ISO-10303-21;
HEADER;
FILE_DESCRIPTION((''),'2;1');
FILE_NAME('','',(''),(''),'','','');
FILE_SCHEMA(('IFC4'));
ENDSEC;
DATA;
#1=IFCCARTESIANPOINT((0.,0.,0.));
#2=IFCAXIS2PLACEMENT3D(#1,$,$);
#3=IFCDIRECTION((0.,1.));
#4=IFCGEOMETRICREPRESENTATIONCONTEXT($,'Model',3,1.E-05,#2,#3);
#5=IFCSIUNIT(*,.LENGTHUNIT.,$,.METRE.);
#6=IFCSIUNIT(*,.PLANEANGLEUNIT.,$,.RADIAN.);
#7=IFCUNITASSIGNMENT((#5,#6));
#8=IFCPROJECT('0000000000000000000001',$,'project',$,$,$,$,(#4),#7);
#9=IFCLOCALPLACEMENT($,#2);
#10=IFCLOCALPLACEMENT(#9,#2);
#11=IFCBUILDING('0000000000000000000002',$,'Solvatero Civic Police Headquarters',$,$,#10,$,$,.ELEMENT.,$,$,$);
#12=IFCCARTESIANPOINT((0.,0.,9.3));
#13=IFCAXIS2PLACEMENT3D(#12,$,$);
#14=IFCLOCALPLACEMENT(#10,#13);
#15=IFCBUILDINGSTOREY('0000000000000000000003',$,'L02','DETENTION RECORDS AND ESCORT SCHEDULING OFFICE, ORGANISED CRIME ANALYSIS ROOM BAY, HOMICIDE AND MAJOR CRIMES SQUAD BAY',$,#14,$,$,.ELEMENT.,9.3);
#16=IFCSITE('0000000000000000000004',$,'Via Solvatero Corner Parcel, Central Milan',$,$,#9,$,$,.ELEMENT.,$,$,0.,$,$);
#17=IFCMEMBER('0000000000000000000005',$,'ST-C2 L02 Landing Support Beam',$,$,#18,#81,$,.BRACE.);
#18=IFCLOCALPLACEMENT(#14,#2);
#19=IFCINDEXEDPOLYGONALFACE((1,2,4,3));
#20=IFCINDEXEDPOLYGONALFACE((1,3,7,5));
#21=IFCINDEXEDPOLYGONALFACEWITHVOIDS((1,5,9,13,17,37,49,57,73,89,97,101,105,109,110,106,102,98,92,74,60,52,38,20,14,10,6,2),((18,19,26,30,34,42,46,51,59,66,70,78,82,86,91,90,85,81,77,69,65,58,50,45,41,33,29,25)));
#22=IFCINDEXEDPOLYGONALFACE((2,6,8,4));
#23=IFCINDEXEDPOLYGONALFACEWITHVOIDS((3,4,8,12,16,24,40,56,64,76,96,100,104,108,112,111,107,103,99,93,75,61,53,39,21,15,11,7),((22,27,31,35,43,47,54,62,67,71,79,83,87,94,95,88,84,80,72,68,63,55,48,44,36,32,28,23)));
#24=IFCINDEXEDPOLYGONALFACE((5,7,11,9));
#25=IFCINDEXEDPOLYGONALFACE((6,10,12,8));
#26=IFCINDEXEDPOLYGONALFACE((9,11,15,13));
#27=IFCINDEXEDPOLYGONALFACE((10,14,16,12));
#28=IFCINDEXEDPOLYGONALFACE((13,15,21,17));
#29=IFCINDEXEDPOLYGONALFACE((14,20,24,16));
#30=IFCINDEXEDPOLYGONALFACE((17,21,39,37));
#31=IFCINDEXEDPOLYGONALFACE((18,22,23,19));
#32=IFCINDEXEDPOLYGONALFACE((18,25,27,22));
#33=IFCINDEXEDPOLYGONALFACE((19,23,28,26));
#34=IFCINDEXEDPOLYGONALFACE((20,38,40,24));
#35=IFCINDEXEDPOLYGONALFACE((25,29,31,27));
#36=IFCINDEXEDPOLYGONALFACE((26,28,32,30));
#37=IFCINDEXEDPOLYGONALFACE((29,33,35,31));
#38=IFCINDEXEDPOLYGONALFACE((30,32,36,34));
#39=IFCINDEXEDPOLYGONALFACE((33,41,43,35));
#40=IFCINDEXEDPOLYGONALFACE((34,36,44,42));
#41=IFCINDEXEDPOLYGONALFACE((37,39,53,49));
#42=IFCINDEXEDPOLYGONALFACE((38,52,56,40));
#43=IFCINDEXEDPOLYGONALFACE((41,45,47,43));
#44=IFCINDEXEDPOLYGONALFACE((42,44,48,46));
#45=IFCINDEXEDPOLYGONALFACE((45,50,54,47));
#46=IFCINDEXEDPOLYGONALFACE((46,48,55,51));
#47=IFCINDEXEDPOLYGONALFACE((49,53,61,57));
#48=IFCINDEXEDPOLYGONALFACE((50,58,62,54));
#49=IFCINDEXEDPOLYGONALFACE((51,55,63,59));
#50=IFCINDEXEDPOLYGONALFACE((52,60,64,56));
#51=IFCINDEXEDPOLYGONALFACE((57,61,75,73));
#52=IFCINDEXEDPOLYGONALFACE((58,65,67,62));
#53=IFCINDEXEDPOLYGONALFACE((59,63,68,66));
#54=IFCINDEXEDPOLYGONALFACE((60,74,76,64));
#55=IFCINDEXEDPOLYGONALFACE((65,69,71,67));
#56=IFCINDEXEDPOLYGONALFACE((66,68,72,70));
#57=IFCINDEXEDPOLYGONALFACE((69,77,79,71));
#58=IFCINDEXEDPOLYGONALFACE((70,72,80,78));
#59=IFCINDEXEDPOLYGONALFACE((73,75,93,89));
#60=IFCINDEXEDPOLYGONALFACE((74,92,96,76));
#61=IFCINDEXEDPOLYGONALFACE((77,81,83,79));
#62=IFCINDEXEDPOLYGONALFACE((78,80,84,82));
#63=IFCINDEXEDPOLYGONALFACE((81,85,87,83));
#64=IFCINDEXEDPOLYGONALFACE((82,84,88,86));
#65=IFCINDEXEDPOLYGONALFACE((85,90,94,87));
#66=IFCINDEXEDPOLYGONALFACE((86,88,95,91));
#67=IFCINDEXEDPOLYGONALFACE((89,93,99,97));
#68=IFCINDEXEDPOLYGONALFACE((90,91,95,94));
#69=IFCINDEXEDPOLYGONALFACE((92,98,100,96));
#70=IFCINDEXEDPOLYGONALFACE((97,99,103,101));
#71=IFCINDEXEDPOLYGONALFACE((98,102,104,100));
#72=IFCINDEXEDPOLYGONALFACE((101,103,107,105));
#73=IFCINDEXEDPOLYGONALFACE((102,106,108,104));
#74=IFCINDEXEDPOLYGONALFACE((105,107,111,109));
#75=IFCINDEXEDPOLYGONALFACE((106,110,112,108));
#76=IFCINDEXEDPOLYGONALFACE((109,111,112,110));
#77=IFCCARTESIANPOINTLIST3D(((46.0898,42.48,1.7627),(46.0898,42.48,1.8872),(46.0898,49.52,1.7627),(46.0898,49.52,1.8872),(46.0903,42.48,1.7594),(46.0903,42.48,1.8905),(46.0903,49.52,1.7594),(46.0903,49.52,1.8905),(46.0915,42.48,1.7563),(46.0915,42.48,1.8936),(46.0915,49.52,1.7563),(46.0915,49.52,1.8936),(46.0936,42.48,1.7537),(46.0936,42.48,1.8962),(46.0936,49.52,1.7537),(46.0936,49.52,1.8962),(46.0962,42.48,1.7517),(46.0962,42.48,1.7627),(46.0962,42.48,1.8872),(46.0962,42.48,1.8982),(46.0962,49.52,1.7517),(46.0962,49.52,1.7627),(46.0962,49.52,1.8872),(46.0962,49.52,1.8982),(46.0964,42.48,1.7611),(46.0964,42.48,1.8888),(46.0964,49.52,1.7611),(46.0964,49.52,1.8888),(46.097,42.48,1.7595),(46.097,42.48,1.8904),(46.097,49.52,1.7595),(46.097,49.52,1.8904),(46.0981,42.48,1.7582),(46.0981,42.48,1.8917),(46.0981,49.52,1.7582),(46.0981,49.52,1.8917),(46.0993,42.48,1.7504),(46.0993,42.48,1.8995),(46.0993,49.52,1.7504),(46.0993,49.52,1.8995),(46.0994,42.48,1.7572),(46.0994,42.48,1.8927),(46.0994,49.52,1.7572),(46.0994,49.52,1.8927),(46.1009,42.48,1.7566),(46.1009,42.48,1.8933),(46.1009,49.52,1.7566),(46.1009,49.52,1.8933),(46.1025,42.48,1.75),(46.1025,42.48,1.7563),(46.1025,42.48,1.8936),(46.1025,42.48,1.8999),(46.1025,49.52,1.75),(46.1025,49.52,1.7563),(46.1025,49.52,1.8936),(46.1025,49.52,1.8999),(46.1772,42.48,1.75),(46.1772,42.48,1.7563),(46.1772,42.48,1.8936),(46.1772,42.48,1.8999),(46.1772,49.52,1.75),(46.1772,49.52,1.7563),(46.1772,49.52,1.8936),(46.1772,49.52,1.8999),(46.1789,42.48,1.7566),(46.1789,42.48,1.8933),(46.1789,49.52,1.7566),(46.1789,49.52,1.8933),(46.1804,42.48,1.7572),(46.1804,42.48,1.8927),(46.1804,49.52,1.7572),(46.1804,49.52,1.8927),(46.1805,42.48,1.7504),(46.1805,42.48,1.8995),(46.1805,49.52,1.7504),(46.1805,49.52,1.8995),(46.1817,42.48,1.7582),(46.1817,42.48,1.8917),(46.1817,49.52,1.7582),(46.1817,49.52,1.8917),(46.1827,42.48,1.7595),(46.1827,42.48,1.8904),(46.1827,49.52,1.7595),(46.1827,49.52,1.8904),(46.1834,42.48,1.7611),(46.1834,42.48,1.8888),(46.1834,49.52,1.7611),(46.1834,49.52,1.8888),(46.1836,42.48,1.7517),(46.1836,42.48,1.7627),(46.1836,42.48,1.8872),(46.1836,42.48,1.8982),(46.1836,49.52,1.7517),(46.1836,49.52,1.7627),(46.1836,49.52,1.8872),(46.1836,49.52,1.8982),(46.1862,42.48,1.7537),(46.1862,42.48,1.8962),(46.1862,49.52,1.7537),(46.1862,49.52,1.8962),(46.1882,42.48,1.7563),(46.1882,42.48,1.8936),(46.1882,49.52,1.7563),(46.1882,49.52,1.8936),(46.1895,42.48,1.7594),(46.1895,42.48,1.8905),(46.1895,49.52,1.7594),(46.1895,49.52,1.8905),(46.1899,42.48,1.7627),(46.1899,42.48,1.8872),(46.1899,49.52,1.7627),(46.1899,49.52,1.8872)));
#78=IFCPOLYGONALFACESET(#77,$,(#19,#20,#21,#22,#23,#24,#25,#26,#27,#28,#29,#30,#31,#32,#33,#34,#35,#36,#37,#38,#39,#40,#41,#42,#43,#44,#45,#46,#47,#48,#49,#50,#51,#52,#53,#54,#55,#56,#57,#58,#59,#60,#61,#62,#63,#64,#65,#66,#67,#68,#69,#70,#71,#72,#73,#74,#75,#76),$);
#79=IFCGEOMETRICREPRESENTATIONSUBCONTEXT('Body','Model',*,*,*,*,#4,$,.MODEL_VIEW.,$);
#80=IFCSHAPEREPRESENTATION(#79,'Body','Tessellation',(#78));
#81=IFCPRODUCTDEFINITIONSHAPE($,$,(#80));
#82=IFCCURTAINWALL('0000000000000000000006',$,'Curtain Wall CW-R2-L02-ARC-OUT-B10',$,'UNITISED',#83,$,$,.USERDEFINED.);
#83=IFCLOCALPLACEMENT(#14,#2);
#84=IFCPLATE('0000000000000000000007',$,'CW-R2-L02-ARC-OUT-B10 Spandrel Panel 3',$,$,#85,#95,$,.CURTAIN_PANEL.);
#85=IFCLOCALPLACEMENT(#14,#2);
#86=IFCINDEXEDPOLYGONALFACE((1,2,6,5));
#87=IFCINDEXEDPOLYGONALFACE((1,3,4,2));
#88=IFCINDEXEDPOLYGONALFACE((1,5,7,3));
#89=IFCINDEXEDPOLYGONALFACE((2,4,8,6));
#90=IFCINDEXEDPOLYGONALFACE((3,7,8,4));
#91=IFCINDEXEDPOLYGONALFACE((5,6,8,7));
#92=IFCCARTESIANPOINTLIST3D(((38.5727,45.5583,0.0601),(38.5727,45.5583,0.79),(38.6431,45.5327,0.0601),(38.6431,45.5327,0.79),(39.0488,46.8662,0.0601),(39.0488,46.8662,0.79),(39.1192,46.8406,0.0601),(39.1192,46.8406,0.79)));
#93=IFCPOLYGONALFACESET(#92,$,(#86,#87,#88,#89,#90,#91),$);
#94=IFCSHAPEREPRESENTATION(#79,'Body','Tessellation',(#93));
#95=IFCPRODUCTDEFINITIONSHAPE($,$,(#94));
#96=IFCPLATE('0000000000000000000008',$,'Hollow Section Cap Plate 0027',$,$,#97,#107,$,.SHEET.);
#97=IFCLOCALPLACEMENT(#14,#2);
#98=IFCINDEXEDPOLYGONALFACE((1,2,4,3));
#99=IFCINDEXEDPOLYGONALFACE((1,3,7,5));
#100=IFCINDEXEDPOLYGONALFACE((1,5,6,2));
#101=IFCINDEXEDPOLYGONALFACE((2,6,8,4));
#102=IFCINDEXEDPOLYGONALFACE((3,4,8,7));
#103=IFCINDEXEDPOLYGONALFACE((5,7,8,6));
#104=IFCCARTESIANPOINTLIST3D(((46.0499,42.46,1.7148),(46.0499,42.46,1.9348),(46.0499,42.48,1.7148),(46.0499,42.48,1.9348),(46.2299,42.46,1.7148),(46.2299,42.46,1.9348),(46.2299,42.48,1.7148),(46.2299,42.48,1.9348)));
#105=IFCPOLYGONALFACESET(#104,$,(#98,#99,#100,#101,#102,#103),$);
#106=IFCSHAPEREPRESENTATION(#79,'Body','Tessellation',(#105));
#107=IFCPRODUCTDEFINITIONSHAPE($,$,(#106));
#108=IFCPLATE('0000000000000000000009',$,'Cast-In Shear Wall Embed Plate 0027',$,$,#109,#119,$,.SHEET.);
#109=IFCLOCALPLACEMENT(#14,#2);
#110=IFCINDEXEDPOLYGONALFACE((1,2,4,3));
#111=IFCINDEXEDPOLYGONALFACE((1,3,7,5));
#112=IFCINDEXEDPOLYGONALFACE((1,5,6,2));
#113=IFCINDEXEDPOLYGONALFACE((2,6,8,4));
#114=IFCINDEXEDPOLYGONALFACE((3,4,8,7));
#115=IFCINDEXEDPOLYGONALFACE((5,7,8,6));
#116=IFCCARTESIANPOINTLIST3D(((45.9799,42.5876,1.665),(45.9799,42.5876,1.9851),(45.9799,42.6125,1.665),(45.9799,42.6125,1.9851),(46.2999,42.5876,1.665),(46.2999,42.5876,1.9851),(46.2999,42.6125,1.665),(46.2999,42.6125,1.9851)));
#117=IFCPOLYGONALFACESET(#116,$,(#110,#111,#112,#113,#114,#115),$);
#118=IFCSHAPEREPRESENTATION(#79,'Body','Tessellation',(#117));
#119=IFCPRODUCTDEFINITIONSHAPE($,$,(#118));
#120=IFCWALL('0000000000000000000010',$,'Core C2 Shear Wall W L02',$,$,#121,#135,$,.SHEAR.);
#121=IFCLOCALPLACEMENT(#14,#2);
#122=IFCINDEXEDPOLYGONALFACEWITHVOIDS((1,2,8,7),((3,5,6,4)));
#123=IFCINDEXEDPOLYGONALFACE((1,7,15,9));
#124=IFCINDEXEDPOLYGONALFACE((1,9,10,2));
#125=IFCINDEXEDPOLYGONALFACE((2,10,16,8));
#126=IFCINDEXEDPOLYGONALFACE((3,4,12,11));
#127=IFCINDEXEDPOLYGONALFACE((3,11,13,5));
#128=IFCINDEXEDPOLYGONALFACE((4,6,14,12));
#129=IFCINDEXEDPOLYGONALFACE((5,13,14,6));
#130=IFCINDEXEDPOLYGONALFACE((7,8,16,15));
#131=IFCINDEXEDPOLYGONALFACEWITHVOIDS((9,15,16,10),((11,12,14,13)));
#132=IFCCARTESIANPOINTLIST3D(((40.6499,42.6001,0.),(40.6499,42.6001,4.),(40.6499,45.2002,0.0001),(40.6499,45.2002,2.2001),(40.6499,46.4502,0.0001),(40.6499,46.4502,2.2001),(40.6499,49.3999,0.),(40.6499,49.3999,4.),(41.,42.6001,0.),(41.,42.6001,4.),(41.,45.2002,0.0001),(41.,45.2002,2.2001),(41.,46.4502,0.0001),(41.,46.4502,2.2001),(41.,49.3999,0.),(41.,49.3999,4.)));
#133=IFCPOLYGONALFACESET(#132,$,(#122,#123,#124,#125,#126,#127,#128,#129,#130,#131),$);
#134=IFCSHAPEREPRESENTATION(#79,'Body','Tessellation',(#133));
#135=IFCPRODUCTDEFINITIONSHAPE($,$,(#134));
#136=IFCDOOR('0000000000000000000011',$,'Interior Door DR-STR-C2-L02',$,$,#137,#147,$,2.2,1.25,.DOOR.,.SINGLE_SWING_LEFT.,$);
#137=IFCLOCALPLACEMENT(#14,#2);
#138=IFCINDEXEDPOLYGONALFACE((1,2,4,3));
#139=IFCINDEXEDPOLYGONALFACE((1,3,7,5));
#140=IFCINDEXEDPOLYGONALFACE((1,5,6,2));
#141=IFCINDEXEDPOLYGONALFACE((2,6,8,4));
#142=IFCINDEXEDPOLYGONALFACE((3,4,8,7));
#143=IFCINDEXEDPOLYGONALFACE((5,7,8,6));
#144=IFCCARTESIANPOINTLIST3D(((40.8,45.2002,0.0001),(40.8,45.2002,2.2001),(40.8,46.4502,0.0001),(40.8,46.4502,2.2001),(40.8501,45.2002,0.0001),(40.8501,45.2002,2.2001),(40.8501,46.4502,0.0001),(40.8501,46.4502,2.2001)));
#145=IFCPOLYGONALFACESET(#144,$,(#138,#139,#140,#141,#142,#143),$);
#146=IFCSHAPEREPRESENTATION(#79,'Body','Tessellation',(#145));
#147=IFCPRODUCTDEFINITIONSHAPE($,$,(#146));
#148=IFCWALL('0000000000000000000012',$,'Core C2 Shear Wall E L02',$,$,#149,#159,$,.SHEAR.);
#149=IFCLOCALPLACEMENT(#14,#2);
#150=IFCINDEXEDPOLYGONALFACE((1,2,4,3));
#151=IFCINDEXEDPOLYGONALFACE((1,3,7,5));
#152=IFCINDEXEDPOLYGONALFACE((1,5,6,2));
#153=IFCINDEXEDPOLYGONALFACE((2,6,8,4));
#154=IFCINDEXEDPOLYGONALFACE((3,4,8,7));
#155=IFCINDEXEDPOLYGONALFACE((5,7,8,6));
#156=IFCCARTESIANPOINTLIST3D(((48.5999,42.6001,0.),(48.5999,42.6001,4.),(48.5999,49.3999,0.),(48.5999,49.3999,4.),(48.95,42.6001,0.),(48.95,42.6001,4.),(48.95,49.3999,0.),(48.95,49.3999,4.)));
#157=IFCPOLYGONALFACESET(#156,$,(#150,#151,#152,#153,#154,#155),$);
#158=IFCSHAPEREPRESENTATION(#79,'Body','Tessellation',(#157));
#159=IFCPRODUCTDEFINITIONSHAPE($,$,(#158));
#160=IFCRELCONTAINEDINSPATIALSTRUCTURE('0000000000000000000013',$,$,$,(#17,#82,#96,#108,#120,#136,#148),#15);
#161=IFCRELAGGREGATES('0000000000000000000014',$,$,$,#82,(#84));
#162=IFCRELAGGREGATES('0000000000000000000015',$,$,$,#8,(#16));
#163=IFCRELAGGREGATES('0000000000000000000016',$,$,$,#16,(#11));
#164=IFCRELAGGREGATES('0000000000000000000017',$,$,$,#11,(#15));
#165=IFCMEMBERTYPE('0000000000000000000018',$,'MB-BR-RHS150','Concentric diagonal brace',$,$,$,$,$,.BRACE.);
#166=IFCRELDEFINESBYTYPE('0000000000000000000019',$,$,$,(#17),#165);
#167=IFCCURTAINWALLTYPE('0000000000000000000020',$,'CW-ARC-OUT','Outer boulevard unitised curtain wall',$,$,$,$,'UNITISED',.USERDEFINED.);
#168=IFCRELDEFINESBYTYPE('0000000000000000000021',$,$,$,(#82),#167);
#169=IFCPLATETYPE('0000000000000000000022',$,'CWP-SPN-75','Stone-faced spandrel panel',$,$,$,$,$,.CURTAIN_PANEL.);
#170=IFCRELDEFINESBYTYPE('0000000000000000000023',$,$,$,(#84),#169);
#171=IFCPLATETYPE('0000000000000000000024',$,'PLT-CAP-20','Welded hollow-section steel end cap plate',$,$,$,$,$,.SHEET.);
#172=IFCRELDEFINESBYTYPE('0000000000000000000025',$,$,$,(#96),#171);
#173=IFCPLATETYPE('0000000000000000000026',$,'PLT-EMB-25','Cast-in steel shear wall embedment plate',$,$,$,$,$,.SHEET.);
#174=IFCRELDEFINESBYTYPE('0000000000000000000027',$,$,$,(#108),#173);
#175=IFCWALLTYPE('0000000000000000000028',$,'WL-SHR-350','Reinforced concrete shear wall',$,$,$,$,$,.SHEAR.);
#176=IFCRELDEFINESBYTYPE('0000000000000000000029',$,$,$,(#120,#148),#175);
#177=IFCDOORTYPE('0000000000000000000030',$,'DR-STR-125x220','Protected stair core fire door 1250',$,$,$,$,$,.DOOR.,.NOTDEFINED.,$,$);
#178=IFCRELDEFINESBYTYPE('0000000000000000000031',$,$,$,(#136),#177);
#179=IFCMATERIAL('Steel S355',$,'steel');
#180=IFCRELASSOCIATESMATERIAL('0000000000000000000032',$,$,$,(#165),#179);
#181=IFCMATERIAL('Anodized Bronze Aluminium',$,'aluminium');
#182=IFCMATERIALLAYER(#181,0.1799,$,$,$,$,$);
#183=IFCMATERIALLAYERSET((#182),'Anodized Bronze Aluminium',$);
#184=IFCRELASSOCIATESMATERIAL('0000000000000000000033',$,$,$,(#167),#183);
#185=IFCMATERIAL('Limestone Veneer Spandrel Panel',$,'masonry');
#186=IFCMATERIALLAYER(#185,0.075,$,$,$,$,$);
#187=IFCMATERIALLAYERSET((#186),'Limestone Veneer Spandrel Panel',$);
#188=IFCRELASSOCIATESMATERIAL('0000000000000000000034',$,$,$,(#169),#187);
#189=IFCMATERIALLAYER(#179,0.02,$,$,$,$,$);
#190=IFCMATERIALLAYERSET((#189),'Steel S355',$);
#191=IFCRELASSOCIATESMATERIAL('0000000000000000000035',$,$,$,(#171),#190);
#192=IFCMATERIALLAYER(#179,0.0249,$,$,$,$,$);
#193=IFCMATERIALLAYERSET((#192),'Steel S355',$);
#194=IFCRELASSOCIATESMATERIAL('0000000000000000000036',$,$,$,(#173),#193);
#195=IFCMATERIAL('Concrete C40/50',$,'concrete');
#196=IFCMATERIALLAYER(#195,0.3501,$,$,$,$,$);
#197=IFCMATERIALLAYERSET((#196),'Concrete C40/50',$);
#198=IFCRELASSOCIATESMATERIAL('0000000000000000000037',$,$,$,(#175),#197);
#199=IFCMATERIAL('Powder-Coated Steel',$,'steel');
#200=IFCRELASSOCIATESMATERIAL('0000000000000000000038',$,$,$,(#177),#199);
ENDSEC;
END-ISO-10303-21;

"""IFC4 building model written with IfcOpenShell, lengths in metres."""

from ifc_helpers import new_model, si_unit, direction, frame, frame_2d, origin, origin_2d, place, context, subcontext, project, spatial, rectangle, hollow_rectangle, extrude, material, layer, layer_set, material_profile, profile_set, type_object, element, fill, aggregate, save


model = new_model("IFC4")

# Units and contexts
model_context = context("Model", 3, precision=1e-05, world=origin(), true_north=direction((0.0, 1.0)))
body_context = subcontext(model_context, "Body", "Model", "MODEL_VIEW")
ifc_project = project(units=[si_unit("LENGTHUNIT", "METRE"), si_unit("PLANEANGLEUNIT", "RADIAN")], contexts=[model_context])

# Site, building, storey
site_placement = place(None, origin())
site = spatial("IfcSite", under=ifc_project, at=site_placement, Name="Via Solvatero Corner Parcel, Central Milan", CompositionType="ELEMENT", RefElevation=0.0)
building_placement = place(site_placement, origin())
building = spatial("IfcBuilding", under=site, at=building_placement, Name="Solvatero Civic Police Headquarters", CompositionType="ELEMENT")
storey_placement = place(building_placement, frame((0.0, 0.0, 9.3)))
storey = spatial("IfcBuildingStorey", under=building, at=storey_placement, Name="L02", Description="DETENTION RECORDS AND ESCORT SCHEDULING OFFICE, ORGANISED CRIME ANALYSIS ROOM BAY, HOMICIDE AND MAJOR CRIMES SQUAD BAY", CompositionType="ELEMENT", Elevation=9.3)

# Member
ifc_material_1 = material(Name="Steel S355", Category="steel")
ifc_material_profile = material_profile(ifc_material_1, hollow_rectangle(XDim=0.1001, YDim=0.1499, WallThickness=0.0063, InnerFilletRadius=0.0063, OuterFilletRadius=0.0127, at=origin_2d()), Name="RHS 150x100x6.3")
ifc_profile_set = profile_set([ifc_material_profile], Name="Steel S355")
member_type = type_object("IfcMemberType", Name="MB-BR-RHS150", Description="Concentric diagonal brace", PredefinedType="BRACE", material=ifc_profile_set)
member_placement = place(storey_placement, frame((46.1399, 42.48, 1.825), z_axis=(0.0, 1.0, 0.0), x_axis=(-1.0, 0.0, 0.0)))
element("IfcMember", 1, at=member_placement, inside=storey, type_object=member_type, Name="ST-C2 L02 Landing Support Beam", PredefinedType="BRACE", context=body_context, shape_type="SweptSolid", body=[
    extrude(hollow_rectangle(XDim=0.1001, YDim=0.1499, WallThickness=0.0063, InnerFilletRadius=0.0063, OuterFilletRadius=0.0127, at=origin_2d()), origin(), (0.0, 0.0, 1.0), 7.04),
])

# Curtain wall, plate
ifc_material_2 = material(Name="Anodized Bronze Aluminium", Category="aluminium")
ifc_layer_1 = layer(ifc_material_2, 0.1799)
ifc_layer_set_1 = layer_set([ifc_layer_1], Name="Anodized Bronze Aluminium")
curtain_wall_type = type_object("IfcCurtainWallType", Name="CW-ARC-OUT", Description="Outer boulevard unitised curtain wall", ElementType="UNITISED", PredefinedType="USERDEFINED", material=ifc_layer_set_1)
curtain_wall_placement = place(storey_placement, origin())
curtain_wall = element("IfcCurtainWall", 2, at=curtain_wall_placement, inside=storey, type_object=curtain_wall_type, Name="Curtain Wall CW-R2-L02-ARC-OUT-B10", ObjectType="UNITISED", PredefinedType="USERDEFINED")
ifc_material_3 = material(Name="Limestone Veneer Spandrel Panel", Category="masonry")
ifc_layer_2 = layer(ifc_material_3, 0.075)
ifc_layer_set_2 = layer_set([ifc_layer_2], Name="Limestone Veneer Spandrel Panel")
plate_type_1 = type_object("IfcPlateType", Name="CWP-SPN-75", Description="Stone-faced spandrel panel", PredefinedType="CURTAIN_PANEL", material=ifc_layer_set_2)
plate_1_placement = place(storey_placement, frame((38.8459, 46.1995, 0.0601), z_axis=(0.0, 0.0, 1.0), x_axis=(-0.34202, -0.939693, 0.0)))
plate_1 = element("IfcPlate", 3, at=plate_1_placement, type_object=plate_type_1, Name="CW-R2-L02-ARC-OUT-B10 Spandrel Panel 3", PredefinedType="CURTAIN_PANEL", context=body_context, shape_type="SweptSolid", body=[
    extrude(rectangle(XDim=1.3918, YDim=0.075, at=origin_2d()), origin(), (0.0, 0.0, 1.0), 0.73),
])
aggregate(curtain_wall, [plate_1])

# Plates
ifc_layer_3 = layer(ifc_material_1, 0.02)
ifc_layer_set_3 = layer_set([ifc_layer_3], Name="Steel S355")
plate_type_2 = type_object("IfcPlateType", Name="PLT-CAP-20", Description="Welded hollow-section steel end cap plate", PredefinedType="SHEET", material=ifc_layer_set_3)
plate_2_placement = place(storey_placement, frame((46.1399, 42.47, 1.7148), z_axis=(0.0, 0.0, 1.0), x_axis=(1.0, 0.0, 0.0)))
element("IfcPlate", 4, at=plate_2_placement, inside=storey, type_object=plate_type_2, Name="Hollow Section Cap Plate 0027", PredefinedType="SHEET", context=body_context, shape_type="SweptSolid", body=[
    extrude(rectangle(XDim=0.1799, YDim=0.02, at=origin_2d()), origin(), (0.0, 0.0, 1.0), 0.22),
])
ifc_layer_4 = layer(ifc_material_1, 0.0249)
ifc_layer_set_4 = layer_set([ifc_layer_4], Name="Steel S355")
plate_type_3 = type_object("IfcPlateType", Name="PLT-EMB-25", Description="Cast-in steel shear wall embedment plate", PredefinedType="SHEET", material=ifc_layer_set_4)
plate_3_placement = place(storey_placement, frame((46.1399, 42.6001, 1.665), z_axis=(0.0, 0.0, 1.0), x_axis=(1.0, 0.0, 0.0)))
element("IfcPlate", 5, at=plate_3_placement, inside=storey, type_object=plate_type_3, Name="Cast-In Shear Wall Embed Plate 0027", PredefinedType="SHEET", context=body_context, shape_type="SweptSolid", body=[
    extrude(rectangle(XDim=0.3201, YDim=0.0249, at=origin_2d()), origin(), (0.0, 0.0, 1.0), 0.3201),
])

# Wall, opening, door
ifc_material_4 = material(Name="Concrete C40/50", Category="concrete")
ifc_layer_5 = layer(ifc_material_4, 0.3501)
ifc_layer_set_5 = layer_set([ifc_layer_5], Name="Concrete C40/50")
wall_type = type_object("IfcWallType", Name="WL-SHR-350", Description="Reinforced concrete shear wall", PredefinedType="SHEAR", material=ifc_layer_set_5)
wall_1_placement = place(storey_placement, frame((40.825, 42.6001, 0.0), z_axis=(0.0, 0.0, 1.0), x_axis=(0.0, 1.0, 0.0)))
wall_1 = element("IfcWall", 6, at=wall_1_placement, inside=storey, type_object=wall_type, Name="Core C2 Shear Wall W L02", PredefinedType="SHEAR", context=body_context, shape_type="SweptSolid", body=[
    extrude(rectangle(XDim=6.7998, YDim=0.3501, at=frame_2d((3.3999, 0.0))), origin(), (0.0, 0.0, 1.0), 4.0),
])
opening_placement = place(wall_1_placement, frame((2.6001, 0.0, 0.0)))
opening = element("IfcOpeningElement", 7, at=opening_placement, cuts=wall_1, PredefinedType="OPENING", context=body_context, shape_type="SweptSolid", body=[
    extrude(rectangle(XDim=1.25, YDim=2.2, at=frame_2d((0.625, 1.1001))), frame((0.0, 0.1851, 0.0), z_axis=(0.0, -1.0, 0.0), x_axis=(1.0, 0.0, 0.0)), (0.0, 0.0, 1.0), 0.3701),
])
ifc_material_5 = material(Name="Powder-Coated Steel", Category="steel")
door_type = type_object("IfcDoorType", Name="DR-STR-125x220", Description="Protected stair core fire door 1250", OperationType="NOTDEFINED", PredefinedType="DOOR", material=ifc_material_5)
door_placement = place(opening_placement, origin())
door = element("IfcDoor", 8, at=door_placement, inside=storey, type_object=door_type, Name="Interior Door DR-STR-C2-L02", OperationType="SINGLE_SWING_LEFT", OverallHeight=2.2, OverallWidth=1.25, PredefinedType="DOOR", context=body_context, shape_type="SweptSolid", body=[
    extrude(rectangle(XDim=1.25, YDim=2.2, at=frame_2d((0.625, 1.1001))), frame((0.0, 0.0249, 0.0), z_axis=(0.0, -1.0, 0.0), x_axis=(1.0, 0.0, 0.0)), (0.0, 0.0, 1.0), 0.05),
])
fill(opening, door)

# Wall
wall_2_placement = place(storey_placement, frame((48.7749, 42.6001, 0.0), z_axis=(0.0, 0.0, 1.0), x_axis=(0.0, 1.0, 0.0)))
element("IfcWall", 9, at=wall_2_placement, inside=storey, type_object=wall_type, Name="Core C2 Shear Wall E L02", PredefinedType="SHEAR", context=body_context, shape_type="SweptSolid", body=[
    extrude(rectangle(XDim=6.7998, YDim=0.3501, at=frame_2d((3.3999, 0.0))), origin(), (0.0, 0.0, 1.0), 4.0),
])

save(model, "model.ifc")
